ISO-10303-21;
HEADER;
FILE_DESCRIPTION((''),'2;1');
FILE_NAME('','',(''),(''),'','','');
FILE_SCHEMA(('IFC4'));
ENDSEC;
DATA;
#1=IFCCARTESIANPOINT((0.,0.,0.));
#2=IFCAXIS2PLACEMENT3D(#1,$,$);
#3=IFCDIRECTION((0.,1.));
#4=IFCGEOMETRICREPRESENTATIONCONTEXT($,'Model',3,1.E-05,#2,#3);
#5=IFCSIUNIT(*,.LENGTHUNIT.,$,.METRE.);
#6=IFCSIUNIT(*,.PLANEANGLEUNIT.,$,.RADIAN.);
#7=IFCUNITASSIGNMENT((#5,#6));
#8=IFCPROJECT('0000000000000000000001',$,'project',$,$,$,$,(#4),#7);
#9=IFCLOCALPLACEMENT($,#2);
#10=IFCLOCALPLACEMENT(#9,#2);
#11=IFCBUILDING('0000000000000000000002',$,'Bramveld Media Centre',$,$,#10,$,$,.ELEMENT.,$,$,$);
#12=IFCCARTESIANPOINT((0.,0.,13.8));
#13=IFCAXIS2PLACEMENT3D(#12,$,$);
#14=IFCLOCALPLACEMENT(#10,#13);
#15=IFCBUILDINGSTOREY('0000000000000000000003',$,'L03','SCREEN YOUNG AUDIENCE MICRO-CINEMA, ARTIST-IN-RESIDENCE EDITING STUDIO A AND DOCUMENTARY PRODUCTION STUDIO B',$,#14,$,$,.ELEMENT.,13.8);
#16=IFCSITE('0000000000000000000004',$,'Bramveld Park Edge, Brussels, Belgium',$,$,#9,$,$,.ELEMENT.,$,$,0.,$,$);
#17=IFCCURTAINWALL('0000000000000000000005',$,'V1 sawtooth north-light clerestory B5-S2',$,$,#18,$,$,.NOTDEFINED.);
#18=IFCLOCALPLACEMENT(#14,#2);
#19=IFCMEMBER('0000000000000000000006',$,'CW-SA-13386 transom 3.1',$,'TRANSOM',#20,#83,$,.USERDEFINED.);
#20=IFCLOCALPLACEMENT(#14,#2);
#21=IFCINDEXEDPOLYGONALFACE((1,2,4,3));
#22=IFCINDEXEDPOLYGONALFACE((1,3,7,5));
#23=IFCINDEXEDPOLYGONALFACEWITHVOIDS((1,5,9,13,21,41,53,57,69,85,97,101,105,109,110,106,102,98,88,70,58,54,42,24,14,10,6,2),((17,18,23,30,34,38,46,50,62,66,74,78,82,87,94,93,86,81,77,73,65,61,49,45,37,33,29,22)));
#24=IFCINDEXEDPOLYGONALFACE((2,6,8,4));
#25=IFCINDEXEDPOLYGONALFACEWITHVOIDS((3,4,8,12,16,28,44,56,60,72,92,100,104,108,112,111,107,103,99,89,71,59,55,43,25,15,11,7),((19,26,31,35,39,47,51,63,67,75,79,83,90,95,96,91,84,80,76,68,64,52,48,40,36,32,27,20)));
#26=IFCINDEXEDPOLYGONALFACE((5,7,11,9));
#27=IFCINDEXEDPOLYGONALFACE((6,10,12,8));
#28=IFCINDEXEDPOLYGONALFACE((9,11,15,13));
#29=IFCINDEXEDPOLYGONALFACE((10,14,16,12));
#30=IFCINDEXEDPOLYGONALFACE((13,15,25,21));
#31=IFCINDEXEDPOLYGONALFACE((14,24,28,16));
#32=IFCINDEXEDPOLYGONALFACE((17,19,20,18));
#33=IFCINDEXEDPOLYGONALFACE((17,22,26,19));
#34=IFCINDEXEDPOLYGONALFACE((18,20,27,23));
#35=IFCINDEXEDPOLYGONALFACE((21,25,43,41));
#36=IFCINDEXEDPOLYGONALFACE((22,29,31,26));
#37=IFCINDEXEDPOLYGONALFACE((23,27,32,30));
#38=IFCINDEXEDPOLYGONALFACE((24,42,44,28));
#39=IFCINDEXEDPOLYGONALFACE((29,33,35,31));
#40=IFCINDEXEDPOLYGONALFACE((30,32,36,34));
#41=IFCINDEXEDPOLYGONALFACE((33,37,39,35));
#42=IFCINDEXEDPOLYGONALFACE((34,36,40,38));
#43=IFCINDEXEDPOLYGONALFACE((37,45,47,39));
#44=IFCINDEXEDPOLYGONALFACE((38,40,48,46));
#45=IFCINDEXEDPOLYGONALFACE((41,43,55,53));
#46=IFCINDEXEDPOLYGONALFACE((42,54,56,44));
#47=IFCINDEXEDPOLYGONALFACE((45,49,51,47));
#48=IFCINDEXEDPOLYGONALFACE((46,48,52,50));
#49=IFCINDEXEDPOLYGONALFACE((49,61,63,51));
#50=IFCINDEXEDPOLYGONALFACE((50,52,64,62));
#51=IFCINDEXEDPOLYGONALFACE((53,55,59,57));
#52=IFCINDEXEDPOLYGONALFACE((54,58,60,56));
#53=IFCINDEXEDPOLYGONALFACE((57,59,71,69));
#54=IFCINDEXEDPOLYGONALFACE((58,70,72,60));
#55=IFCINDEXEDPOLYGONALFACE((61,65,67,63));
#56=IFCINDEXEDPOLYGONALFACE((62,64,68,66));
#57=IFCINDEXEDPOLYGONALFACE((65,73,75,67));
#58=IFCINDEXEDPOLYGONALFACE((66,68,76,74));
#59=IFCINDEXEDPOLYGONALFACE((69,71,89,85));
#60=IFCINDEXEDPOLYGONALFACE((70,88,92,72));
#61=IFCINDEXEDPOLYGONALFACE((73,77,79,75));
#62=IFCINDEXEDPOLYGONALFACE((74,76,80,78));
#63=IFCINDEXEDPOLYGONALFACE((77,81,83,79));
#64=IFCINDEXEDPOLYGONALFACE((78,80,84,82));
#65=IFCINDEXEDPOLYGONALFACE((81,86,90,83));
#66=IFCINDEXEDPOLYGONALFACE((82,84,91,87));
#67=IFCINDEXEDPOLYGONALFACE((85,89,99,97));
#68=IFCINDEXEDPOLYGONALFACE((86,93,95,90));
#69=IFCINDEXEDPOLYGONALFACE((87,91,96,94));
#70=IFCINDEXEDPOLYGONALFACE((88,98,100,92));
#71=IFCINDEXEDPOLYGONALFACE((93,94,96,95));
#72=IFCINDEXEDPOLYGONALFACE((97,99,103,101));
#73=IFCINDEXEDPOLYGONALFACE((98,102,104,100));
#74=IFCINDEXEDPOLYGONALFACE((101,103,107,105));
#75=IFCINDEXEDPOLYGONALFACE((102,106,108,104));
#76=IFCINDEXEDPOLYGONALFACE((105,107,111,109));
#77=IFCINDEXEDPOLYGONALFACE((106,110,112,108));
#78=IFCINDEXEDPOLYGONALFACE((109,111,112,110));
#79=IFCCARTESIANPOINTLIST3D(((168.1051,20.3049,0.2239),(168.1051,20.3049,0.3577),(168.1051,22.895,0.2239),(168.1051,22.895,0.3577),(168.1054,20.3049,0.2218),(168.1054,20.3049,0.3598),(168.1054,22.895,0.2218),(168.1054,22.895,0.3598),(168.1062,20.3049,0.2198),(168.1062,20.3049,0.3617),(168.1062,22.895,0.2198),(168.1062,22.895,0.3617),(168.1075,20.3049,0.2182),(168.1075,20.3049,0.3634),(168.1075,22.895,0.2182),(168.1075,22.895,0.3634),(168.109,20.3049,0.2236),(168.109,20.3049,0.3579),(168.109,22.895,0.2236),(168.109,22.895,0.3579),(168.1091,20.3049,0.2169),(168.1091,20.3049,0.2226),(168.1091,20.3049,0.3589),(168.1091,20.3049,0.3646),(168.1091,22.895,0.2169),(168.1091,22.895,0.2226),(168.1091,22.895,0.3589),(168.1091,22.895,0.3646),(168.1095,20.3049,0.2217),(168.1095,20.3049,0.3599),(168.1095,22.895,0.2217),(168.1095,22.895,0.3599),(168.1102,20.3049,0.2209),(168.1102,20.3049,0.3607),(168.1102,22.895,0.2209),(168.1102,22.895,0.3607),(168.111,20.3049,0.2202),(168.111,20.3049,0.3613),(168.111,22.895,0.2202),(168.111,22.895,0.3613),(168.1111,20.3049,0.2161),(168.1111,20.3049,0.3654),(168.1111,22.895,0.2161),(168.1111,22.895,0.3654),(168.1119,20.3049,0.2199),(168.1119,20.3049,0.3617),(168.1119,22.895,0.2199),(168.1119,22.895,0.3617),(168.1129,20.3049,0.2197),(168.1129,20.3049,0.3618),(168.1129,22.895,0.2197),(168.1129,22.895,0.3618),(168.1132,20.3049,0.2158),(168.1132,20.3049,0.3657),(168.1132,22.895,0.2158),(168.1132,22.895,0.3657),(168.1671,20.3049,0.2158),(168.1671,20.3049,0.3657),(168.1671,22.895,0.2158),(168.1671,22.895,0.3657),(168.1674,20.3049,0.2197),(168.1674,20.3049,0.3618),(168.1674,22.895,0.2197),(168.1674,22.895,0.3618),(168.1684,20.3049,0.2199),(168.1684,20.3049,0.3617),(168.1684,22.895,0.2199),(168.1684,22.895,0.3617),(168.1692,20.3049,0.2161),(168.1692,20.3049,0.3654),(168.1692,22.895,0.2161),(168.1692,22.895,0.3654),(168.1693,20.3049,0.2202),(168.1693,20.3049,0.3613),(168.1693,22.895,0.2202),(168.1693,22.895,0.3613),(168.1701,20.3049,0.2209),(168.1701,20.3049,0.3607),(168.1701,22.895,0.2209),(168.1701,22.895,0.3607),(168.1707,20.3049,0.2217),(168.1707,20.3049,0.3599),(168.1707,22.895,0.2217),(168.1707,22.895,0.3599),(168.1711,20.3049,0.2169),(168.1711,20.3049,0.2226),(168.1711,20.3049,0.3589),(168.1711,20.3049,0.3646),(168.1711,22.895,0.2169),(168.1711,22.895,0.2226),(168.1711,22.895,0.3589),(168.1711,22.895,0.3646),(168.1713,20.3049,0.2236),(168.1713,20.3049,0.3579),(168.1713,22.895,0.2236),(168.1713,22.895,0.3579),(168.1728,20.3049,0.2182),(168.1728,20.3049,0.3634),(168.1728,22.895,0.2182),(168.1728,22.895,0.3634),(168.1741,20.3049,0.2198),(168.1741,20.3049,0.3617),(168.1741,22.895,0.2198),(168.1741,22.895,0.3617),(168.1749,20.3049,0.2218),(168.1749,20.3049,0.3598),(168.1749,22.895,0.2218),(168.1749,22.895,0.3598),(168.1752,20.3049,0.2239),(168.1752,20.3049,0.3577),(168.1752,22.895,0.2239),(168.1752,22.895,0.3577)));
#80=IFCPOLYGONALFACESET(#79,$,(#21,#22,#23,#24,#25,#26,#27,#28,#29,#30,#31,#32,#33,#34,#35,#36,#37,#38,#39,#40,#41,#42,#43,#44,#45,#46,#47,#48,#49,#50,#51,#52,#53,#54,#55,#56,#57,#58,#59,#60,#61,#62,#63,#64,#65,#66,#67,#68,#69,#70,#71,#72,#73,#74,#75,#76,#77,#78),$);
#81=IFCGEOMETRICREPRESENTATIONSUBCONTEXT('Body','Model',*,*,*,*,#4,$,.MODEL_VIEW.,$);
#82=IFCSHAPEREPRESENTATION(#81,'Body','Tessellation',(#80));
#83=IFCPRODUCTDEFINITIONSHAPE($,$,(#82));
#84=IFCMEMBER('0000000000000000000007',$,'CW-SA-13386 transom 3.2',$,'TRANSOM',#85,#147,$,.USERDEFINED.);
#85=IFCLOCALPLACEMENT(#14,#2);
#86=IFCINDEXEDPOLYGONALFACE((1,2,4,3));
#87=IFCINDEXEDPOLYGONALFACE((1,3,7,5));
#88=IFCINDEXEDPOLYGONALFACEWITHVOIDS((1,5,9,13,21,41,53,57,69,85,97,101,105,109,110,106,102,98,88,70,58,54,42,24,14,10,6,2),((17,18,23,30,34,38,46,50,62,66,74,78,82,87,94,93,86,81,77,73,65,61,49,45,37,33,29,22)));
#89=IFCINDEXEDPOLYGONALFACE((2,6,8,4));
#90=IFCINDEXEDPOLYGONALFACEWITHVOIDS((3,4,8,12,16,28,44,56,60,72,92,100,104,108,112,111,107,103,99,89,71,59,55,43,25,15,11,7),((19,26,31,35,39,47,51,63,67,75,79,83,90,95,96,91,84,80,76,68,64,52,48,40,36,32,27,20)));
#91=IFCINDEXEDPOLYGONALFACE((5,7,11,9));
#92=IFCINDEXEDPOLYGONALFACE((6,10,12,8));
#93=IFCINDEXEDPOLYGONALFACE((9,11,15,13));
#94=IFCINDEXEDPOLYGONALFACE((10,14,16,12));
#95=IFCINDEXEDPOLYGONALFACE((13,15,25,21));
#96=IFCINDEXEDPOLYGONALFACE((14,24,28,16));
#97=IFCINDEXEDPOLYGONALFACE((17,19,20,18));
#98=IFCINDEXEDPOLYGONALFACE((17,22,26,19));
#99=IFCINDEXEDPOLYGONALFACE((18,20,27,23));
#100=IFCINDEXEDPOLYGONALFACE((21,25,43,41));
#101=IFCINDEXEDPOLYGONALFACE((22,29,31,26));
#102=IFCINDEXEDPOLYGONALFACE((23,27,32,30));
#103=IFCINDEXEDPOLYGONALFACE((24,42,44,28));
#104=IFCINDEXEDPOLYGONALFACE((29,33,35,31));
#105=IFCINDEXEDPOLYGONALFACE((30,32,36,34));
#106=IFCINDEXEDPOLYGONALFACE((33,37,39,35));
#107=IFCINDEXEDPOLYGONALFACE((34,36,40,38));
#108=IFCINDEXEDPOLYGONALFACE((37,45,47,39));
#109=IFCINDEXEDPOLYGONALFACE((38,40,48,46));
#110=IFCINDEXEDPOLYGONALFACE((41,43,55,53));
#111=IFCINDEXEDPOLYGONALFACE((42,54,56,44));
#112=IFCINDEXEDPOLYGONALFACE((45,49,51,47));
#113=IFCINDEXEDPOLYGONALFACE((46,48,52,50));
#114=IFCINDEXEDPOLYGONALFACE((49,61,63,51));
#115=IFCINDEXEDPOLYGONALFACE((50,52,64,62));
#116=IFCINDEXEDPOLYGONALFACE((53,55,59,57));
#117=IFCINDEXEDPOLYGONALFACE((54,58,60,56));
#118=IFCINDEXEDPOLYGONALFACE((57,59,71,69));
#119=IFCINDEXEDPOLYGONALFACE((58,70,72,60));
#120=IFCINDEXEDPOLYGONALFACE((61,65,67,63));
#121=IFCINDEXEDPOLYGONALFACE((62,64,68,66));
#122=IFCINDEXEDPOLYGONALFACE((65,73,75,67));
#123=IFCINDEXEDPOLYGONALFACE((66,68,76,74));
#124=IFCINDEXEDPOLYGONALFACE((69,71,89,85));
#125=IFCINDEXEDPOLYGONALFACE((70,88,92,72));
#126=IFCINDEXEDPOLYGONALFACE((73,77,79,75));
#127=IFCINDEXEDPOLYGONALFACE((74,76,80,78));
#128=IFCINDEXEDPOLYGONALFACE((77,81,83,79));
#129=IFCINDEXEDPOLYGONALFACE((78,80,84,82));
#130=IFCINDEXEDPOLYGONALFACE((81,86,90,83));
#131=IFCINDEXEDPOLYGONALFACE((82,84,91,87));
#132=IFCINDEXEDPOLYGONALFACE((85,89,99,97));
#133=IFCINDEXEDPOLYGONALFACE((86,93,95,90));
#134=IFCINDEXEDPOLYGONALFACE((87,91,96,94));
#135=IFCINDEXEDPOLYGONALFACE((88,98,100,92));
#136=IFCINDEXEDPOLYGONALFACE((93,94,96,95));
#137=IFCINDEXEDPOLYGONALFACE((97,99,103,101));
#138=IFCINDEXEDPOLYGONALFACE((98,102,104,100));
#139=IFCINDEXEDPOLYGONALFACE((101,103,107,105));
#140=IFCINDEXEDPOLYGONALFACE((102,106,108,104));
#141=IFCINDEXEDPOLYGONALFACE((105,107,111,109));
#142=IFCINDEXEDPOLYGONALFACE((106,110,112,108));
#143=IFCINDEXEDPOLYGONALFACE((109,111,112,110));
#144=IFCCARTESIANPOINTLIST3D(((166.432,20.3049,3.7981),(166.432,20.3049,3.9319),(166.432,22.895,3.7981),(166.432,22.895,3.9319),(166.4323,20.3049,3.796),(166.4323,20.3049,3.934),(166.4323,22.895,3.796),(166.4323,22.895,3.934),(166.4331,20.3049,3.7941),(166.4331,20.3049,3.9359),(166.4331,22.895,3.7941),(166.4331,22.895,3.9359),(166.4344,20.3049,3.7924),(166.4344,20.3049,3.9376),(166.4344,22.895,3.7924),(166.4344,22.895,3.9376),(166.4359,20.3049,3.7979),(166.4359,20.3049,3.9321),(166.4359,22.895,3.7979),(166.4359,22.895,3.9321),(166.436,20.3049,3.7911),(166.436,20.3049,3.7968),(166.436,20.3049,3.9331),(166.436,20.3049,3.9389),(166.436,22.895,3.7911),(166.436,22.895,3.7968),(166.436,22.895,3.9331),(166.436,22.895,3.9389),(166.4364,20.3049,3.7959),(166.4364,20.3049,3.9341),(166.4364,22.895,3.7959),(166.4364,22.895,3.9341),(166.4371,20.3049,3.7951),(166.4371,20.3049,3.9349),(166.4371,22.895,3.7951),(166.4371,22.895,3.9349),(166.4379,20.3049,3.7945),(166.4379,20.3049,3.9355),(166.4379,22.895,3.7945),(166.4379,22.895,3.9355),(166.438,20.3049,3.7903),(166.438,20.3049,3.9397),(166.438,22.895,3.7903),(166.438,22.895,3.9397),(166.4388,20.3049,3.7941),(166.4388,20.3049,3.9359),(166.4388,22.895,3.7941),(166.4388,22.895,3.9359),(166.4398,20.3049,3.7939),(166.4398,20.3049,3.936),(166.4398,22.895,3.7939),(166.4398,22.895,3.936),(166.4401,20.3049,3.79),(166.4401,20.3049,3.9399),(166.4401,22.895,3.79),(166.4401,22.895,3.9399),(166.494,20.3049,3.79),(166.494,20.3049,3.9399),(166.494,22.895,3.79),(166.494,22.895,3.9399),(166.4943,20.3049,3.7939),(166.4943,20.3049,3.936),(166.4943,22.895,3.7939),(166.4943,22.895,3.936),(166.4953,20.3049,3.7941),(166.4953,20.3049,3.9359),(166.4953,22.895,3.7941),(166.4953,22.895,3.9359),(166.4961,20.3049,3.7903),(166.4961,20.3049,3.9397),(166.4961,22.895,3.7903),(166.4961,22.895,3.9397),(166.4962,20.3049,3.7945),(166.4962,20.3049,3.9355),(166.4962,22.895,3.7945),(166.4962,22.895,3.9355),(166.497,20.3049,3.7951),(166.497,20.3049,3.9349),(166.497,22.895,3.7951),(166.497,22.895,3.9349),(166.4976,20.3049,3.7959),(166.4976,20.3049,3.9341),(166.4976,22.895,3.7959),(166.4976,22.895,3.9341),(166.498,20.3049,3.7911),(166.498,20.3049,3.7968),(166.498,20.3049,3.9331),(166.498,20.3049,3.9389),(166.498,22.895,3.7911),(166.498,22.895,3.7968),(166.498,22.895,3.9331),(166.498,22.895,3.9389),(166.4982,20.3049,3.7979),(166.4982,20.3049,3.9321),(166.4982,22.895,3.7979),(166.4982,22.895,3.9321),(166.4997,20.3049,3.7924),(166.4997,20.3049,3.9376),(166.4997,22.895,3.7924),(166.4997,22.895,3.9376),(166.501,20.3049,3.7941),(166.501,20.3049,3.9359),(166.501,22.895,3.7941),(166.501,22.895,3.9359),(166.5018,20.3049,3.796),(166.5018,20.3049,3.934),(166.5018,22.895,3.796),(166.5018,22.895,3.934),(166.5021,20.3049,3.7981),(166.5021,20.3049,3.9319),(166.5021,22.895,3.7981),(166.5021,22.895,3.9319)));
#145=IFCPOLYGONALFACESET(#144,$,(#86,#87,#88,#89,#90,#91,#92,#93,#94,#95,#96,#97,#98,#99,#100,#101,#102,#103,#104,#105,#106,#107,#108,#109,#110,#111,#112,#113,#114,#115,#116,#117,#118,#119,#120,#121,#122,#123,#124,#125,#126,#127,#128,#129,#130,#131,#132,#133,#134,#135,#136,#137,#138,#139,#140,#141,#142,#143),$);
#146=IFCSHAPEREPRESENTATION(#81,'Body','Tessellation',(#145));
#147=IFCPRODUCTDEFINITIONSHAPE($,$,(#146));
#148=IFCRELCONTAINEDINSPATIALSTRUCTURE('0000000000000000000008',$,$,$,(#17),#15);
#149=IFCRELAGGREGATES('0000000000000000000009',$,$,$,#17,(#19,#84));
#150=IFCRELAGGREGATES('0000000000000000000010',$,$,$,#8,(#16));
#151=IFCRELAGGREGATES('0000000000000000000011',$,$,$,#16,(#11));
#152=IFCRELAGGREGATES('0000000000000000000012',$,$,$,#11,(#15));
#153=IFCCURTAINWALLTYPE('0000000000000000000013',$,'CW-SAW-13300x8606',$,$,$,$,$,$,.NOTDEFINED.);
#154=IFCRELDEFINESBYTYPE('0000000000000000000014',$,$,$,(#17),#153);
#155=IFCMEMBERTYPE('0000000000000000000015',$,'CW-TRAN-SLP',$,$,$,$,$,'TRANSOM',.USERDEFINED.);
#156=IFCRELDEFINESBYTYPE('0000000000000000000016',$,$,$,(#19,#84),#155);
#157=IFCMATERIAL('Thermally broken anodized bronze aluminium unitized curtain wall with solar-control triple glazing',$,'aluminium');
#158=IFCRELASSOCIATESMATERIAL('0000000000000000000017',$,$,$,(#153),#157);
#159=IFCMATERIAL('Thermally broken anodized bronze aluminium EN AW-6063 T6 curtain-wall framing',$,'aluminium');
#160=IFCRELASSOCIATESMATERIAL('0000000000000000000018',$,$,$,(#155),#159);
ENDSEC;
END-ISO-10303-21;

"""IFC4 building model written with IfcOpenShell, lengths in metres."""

from ifc_helpers import new_model, si_unit, direction, frame, origin, origin_2d, place, context, subcontext, project, spatial, hollow_rectangle, extrude, material, material_profile, profile_set, type_object, element, aggregate, save


model = new_model("IFC4")

# Units and contexts
model_context = context("Model", 3, precision=1e-05, world=origin(), true_north=direction((0.0, 1.0)))
body_context = subcontext(model_context, "Body", "Model", "MODEL_VIEW")
ifc_project = project(units=[si_unit("LENGTHUNIT", "METRE"), si_unit("PLANEANGLEUNIT", "RADIAN")], contexts=[model_context])

# Site, building, storey
site_placement = place(None, origin())
site = spatial("IfcSite", under=ifc_project, at=site_placement, Name="Bramveld Park Edge, Brussels, Belgium", CompositionType="ELEMENT", RefElevation=0.0)
building_placement = place(site_placement, origin())
building = spatial("IfcBuilding", under=site, at=building_placement, Name="Bramveld Media Centre", CompositionType="ELEMENT")
storey_placement = place(building_placement, frame((0.0, 0.0, 13.8)))
storey = spatial("IfcBuildingStorey", under=building, at=storey_placement, Name="L03", Description="SCREEN YOUNG AUDIENCE MICRO-CINEMA, ARTIST-IN-RESIDENCE EDITING STUDIO A AND DOCUMENTARY PRODUCTION STUDIO B", CompositionType="ELEMENT", Elevation=13.8)

# Curtain wall, members
ifc_material_1 = material(Name="Thermally broken anodized bronze aluminium unitized curtain wall with solar-control triple glazing", Category="aluminium")
curtain_wall_type = type_object("IfcCurtainWallType", Name="CW-SAW-13300x8606", PredefinedType="NOTDEFINED", material=ifc_material_1)
curtain_wall_placement = place(storey_placement, origin())
curtain_wall = element("IfcCurtainWall", 1, at=curtain_wall_placement, inside=storey, type_object=curtain_wall_type, Name="V1 sawtooth north-light clerestory B5-S2", PredefinedType="NOTDEFINED")
ifc_material_2 = material(Name="Thermally broken anodized bronze aluminium EN AW-6063 T6 curtain-wall framing", Category="aluminium")
ifc_material_profile_1 = material_profile(ifc_material_2, hollow_rectangle(XDim=0.0701, YDim=0.1499, WallThickness=0.0039, InnerFilletRadius=0.0039, OuterFilletRadius=0.0081, at=origin_2d()), Name="AL-TRAN 70x150")
ifc_profile_set_1 = profile_set([ifc_material_profile_1], Name="Thermally broken anodized bronze aluminium EN AW-6063 T6 curtain-wall framing")
member_type_1 = type_object("IfcMemberType", Name="CW-TRAN-SLP", ElementType="TRANSOM", PredefinedType="USERDEFINED", material=ifc_profile_set_1)
member_1_placement = place(storey_placement, frame((168.1401, 20.3049, 0.2908), z_axis=(0.0, 1.0, 0.0), x_axis=(-1.0, 0.0, 0.0)))
member_1 = element("IfcMember", 2, at=member_1_placement, type_object=member_type_1, Name="CW-SA-13386 transom 3.1", ObjectType="TRANSOM", PredefinedType="USERDEFINED", context=body_context, shape_type="SweptSolid", body=[
    extrude(hollow_rectangle(XDim=0.0701, YDim=0.1499, WallThickness=0.0039, InnerFilletRadius=0.0039, OuterFilletRadius=0.0081, at=origin_2d()), origin(), (0.0, 0.0, 1.0), 2.5901),
])
member_2_placement = place(storey_placement, frame((166.467, 20.3049, 3.865), z_axis=(0.0, 1.0, 0.0), x_axis=(-1.0, 0.0, 0.0)))
member_2 = element("IfcMember", 3, at=member_2_placement, type_object=member_type_1, Name="CW-SA-13386 transom 3.2", ObjectType="TRANSOM", PredefinedType="USERDEFINED", context=body_context, shape_type="SweptSolid", body=[
    extrude(hollow_rectangle(XDim=0.0701, YDim=0.1499, WallThickness=0.0039, InnerFilletRadius=0.0039, OuterFilletRadius=0.0081, at=origin_2d()), origin(), (0.0, 0.0, 1.0), 2.5901),
])

aggregate(curtain_wall, [member_1, member_2])

save(model, "model.ifc")
